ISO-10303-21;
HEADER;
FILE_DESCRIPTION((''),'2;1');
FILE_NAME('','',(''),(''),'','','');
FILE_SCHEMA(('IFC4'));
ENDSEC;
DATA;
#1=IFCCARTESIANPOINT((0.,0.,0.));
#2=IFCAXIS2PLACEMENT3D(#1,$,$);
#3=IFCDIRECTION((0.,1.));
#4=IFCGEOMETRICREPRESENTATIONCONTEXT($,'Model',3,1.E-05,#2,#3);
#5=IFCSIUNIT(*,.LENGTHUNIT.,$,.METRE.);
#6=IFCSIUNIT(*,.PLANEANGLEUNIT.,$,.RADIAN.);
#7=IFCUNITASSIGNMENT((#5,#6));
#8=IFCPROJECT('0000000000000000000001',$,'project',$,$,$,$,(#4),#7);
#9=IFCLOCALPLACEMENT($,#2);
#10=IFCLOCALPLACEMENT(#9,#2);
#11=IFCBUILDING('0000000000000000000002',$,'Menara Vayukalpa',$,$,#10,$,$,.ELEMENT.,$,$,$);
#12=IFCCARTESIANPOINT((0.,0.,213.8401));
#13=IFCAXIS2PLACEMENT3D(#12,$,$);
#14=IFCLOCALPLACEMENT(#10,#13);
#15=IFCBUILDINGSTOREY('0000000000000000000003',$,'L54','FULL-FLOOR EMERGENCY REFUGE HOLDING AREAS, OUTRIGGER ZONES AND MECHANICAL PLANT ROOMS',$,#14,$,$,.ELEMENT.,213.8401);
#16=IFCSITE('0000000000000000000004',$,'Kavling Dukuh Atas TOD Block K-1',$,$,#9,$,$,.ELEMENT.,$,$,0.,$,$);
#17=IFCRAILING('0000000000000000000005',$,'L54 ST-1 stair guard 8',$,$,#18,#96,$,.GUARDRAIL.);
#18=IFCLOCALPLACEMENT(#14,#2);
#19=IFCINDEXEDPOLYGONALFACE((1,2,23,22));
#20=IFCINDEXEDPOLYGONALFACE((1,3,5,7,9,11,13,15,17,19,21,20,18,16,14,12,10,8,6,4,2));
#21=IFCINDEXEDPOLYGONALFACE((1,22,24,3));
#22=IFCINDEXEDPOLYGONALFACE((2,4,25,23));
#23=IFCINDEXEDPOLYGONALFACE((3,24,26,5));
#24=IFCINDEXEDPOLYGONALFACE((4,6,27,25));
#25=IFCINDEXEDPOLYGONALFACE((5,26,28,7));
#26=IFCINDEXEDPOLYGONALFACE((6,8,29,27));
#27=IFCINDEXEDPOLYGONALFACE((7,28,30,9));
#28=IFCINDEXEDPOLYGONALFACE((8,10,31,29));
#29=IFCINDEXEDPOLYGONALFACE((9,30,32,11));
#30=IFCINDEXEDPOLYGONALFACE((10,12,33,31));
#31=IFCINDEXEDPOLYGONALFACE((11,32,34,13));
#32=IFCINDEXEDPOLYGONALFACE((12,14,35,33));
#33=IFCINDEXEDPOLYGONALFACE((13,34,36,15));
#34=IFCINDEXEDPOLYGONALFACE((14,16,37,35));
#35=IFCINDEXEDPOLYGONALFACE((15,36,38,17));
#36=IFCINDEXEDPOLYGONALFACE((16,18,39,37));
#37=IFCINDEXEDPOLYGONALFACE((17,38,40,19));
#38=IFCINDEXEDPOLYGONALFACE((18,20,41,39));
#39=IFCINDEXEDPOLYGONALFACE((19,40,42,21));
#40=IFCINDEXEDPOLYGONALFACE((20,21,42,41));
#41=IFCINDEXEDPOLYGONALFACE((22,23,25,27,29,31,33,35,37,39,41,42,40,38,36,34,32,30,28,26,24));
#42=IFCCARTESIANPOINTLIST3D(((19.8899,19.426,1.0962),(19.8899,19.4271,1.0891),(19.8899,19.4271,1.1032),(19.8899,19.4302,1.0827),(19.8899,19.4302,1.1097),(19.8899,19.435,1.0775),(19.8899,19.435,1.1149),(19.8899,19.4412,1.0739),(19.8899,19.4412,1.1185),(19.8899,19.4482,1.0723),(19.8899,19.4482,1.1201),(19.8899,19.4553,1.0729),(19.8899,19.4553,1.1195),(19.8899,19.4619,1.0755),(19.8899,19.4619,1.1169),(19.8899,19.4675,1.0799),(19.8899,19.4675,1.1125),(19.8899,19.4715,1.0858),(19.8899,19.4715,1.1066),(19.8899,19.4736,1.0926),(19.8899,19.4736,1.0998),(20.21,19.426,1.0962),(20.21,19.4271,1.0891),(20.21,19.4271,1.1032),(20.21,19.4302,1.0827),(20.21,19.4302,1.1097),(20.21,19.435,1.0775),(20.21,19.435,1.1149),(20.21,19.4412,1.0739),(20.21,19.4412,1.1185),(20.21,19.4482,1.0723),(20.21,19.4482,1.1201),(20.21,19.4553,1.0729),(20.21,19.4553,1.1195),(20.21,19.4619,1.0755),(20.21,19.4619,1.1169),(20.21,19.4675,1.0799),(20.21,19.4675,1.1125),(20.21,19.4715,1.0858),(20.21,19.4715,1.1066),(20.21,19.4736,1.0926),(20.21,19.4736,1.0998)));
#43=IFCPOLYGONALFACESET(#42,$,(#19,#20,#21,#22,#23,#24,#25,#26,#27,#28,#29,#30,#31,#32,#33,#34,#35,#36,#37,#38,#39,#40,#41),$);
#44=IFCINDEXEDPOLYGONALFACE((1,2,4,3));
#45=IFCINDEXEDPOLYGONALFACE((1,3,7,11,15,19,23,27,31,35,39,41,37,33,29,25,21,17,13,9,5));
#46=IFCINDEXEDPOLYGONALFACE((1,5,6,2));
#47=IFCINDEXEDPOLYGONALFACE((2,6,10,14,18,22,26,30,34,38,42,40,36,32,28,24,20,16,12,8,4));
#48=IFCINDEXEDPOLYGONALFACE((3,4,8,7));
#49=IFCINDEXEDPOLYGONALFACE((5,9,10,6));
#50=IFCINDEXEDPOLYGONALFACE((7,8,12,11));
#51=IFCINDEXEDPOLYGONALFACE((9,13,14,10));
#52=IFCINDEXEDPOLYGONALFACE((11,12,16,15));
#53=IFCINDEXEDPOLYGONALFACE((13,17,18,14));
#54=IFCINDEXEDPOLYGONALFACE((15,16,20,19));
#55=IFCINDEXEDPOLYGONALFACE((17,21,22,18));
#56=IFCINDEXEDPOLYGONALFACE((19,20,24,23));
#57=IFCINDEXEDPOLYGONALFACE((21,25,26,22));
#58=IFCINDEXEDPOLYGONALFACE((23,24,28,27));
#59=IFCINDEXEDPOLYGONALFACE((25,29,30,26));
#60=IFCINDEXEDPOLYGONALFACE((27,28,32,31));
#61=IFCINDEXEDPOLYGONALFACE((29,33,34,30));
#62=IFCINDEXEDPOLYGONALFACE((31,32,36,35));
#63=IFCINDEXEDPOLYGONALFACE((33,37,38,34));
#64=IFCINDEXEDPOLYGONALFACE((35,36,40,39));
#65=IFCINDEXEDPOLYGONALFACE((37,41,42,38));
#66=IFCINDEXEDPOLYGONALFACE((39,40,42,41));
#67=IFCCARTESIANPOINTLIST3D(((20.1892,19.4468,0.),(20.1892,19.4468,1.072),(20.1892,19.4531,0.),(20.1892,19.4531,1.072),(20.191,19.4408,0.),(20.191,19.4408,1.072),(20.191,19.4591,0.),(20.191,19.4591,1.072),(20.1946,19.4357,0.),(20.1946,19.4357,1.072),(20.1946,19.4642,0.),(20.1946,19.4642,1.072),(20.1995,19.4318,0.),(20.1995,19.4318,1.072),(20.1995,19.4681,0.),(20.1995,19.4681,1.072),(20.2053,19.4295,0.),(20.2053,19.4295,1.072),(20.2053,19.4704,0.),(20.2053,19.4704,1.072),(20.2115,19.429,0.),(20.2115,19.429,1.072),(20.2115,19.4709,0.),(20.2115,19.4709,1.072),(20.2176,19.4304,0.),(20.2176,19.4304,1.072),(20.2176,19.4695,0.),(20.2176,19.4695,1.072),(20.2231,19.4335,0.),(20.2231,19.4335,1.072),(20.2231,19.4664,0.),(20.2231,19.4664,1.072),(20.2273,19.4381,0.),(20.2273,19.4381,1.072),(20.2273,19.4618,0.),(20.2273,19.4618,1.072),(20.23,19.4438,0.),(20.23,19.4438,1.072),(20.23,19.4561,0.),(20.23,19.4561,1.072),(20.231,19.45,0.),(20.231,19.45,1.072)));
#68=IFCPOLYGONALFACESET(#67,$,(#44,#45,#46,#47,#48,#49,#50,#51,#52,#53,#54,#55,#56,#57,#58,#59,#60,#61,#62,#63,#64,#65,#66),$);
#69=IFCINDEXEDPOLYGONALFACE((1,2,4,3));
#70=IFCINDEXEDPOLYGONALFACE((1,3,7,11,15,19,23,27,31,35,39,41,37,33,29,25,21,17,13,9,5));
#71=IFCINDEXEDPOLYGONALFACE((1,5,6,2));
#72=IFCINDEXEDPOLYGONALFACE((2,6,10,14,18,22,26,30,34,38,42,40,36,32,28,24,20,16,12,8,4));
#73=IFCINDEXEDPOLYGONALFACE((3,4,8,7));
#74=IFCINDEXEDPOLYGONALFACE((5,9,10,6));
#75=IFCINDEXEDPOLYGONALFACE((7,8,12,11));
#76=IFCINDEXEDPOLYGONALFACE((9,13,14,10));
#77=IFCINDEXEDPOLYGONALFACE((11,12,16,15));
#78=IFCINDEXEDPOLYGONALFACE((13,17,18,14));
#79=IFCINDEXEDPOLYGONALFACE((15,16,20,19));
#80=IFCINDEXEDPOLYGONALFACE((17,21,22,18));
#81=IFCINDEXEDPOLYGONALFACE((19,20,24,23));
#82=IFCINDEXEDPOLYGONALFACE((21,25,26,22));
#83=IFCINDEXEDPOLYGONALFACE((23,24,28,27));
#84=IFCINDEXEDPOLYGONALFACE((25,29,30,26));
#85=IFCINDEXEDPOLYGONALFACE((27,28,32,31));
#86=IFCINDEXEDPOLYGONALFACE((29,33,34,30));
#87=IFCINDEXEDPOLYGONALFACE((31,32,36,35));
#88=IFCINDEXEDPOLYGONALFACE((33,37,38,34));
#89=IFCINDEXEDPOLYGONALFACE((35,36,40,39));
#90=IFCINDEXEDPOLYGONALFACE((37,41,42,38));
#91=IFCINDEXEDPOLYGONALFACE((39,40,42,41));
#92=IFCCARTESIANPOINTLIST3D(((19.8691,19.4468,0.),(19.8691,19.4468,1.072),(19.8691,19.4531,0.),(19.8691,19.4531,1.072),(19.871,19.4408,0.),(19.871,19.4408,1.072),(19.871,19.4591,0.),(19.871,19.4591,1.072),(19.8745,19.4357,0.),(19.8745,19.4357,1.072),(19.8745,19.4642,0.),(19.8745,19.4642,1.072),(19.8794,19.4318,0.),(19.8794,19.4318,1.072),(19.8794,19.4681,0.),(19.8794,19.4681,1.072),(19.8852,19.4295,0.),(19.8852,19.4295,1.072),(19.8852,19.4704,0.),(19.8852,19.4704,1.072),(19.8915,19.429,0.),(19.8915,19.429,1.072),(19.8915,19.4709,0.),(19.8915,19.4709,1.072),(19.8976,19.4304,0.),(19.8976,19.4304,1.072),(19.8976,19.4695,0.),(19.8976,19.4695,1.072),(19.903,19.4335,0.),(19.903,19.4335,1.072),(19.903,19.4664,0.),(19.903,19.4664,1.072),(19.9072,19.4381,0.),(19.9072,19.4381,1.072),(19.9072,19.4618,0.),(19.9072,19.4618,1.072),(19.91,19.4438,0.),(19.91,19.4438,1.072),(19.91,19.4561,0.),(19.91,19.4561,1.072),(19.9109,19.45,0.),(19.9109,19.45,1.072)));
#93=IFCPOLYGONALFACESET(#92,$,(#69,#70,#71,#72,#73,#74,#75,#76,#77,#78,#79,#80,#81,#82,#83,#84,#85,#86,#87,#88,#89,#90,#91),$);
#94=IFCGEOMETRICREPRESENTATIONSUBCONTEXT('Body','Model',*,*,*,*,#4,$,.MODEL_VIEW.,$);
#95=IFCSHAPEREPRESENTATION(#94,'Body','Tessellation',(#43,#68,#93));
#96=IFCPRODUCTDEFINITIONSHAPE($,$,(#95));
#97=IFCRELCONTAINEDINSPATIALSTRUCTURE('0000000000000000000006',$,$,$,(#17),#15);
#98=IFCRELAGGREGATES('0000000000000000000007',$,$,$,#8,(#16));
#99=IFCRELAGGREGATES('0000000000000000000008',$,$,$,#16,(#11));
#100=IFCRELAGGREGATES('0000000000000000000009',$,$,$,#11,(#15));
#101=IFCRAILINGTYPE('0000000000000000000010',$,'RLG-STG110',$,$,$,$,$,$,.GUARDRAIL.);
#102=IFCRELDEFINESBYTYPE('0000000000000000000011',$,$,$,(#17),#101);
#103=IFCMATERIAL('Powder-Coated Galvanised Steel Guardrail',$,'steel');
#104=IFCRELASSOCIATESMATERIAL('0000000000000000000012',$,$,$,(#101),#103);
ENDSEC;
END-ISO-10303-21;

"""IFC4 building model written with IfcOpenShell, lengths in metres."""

from ifc_helpers import new_model, si_unit, direction, frame, origin, origin_2d, place, context, subcontext, project, spatial, circle, extrude, material, type_object, element, save


model = new_model("IFC4")

# Units and contexts
model_context = context("Model", 3, precision=1e-05, world=origin(), true_north=direction((0.0, 1.0)))
body_context = subcontext(model_context, "Body", "Model", "MODEL_VIEW")
ifc_project = project(units=[si_unit("LENGTHUNIT", "METRE"), si_unit("PLANEANGLEUNIT", "RADIAN")], contexts=[model_context])

# Site, building, storey
site_placement = place(None, origin())
site = spatial("IfcSite", under=ifc_project, at=site_placement, Name="Kavling Dukuh Atas TOD Block K-1", CompositionType="ELEMENT", RefElevation=0.0)
building_placement = place(site_placement, origin())
building = spatial("IfcBuilding", under=site, at=building_placement, Name="Menara Vayukalpa", CompositionType="ELEMENT")
storey_placement = place(building_placement, frame((0.0, 0.0, 213.8401)))
storey = spatial("IfcBuildingStorey", under=building, at=storey_placement, Name="L54", Description="FULL-FLOOR EMERGENCY REFUGE HOLDING AREAS, OUTRIGGER ZONES AND MECHANICAL PLANT ROOMS", CompositionType="ELEMENT", Elevation=213.8401)

# Railing
ifc_material_1 = material(Name="Powder-Coated Galvanised Steel Guardrail", Category="steel")
railing_type_1 = type_object("IfcRailingType", Name="RLG-STG110", PredefinedType="GUARDRAIL", material=ifc_material_1)
railing_1_placement = place(storey_placement, frame((20.21, 19.45, 0.0)))
element("IfcRailing", 1, at=railing_1_placement, inside=storey, type_object=railing_type_1, Name="L54 ST-1 stair guard 8", PredefinedType="GUARDRAIL", context=body_context, shape_type="SweptSolid", body=[
    extrude(circle(Radius=0.0239, at=origin_2d()), frame((0.0, 0.0, 1.0962), z_axis=(-1.0, 0.0, 0.0), x_axis=(0.0, -1.0, 0.0)), (0.0, 0.0, 1.0), 0.3201),
    extrude(circle(Radius=0.021, at=origin_2d()), origin(), (0.0, 0.0, 1.0), 1.072),
    extrude(circle(Radius=0.021, at=origin_2d()), frame((-0.3201, 0.0, 0.0)), (0.0, 0.0, 1.0), 1.072),
])

save(model, "model.ifc")
